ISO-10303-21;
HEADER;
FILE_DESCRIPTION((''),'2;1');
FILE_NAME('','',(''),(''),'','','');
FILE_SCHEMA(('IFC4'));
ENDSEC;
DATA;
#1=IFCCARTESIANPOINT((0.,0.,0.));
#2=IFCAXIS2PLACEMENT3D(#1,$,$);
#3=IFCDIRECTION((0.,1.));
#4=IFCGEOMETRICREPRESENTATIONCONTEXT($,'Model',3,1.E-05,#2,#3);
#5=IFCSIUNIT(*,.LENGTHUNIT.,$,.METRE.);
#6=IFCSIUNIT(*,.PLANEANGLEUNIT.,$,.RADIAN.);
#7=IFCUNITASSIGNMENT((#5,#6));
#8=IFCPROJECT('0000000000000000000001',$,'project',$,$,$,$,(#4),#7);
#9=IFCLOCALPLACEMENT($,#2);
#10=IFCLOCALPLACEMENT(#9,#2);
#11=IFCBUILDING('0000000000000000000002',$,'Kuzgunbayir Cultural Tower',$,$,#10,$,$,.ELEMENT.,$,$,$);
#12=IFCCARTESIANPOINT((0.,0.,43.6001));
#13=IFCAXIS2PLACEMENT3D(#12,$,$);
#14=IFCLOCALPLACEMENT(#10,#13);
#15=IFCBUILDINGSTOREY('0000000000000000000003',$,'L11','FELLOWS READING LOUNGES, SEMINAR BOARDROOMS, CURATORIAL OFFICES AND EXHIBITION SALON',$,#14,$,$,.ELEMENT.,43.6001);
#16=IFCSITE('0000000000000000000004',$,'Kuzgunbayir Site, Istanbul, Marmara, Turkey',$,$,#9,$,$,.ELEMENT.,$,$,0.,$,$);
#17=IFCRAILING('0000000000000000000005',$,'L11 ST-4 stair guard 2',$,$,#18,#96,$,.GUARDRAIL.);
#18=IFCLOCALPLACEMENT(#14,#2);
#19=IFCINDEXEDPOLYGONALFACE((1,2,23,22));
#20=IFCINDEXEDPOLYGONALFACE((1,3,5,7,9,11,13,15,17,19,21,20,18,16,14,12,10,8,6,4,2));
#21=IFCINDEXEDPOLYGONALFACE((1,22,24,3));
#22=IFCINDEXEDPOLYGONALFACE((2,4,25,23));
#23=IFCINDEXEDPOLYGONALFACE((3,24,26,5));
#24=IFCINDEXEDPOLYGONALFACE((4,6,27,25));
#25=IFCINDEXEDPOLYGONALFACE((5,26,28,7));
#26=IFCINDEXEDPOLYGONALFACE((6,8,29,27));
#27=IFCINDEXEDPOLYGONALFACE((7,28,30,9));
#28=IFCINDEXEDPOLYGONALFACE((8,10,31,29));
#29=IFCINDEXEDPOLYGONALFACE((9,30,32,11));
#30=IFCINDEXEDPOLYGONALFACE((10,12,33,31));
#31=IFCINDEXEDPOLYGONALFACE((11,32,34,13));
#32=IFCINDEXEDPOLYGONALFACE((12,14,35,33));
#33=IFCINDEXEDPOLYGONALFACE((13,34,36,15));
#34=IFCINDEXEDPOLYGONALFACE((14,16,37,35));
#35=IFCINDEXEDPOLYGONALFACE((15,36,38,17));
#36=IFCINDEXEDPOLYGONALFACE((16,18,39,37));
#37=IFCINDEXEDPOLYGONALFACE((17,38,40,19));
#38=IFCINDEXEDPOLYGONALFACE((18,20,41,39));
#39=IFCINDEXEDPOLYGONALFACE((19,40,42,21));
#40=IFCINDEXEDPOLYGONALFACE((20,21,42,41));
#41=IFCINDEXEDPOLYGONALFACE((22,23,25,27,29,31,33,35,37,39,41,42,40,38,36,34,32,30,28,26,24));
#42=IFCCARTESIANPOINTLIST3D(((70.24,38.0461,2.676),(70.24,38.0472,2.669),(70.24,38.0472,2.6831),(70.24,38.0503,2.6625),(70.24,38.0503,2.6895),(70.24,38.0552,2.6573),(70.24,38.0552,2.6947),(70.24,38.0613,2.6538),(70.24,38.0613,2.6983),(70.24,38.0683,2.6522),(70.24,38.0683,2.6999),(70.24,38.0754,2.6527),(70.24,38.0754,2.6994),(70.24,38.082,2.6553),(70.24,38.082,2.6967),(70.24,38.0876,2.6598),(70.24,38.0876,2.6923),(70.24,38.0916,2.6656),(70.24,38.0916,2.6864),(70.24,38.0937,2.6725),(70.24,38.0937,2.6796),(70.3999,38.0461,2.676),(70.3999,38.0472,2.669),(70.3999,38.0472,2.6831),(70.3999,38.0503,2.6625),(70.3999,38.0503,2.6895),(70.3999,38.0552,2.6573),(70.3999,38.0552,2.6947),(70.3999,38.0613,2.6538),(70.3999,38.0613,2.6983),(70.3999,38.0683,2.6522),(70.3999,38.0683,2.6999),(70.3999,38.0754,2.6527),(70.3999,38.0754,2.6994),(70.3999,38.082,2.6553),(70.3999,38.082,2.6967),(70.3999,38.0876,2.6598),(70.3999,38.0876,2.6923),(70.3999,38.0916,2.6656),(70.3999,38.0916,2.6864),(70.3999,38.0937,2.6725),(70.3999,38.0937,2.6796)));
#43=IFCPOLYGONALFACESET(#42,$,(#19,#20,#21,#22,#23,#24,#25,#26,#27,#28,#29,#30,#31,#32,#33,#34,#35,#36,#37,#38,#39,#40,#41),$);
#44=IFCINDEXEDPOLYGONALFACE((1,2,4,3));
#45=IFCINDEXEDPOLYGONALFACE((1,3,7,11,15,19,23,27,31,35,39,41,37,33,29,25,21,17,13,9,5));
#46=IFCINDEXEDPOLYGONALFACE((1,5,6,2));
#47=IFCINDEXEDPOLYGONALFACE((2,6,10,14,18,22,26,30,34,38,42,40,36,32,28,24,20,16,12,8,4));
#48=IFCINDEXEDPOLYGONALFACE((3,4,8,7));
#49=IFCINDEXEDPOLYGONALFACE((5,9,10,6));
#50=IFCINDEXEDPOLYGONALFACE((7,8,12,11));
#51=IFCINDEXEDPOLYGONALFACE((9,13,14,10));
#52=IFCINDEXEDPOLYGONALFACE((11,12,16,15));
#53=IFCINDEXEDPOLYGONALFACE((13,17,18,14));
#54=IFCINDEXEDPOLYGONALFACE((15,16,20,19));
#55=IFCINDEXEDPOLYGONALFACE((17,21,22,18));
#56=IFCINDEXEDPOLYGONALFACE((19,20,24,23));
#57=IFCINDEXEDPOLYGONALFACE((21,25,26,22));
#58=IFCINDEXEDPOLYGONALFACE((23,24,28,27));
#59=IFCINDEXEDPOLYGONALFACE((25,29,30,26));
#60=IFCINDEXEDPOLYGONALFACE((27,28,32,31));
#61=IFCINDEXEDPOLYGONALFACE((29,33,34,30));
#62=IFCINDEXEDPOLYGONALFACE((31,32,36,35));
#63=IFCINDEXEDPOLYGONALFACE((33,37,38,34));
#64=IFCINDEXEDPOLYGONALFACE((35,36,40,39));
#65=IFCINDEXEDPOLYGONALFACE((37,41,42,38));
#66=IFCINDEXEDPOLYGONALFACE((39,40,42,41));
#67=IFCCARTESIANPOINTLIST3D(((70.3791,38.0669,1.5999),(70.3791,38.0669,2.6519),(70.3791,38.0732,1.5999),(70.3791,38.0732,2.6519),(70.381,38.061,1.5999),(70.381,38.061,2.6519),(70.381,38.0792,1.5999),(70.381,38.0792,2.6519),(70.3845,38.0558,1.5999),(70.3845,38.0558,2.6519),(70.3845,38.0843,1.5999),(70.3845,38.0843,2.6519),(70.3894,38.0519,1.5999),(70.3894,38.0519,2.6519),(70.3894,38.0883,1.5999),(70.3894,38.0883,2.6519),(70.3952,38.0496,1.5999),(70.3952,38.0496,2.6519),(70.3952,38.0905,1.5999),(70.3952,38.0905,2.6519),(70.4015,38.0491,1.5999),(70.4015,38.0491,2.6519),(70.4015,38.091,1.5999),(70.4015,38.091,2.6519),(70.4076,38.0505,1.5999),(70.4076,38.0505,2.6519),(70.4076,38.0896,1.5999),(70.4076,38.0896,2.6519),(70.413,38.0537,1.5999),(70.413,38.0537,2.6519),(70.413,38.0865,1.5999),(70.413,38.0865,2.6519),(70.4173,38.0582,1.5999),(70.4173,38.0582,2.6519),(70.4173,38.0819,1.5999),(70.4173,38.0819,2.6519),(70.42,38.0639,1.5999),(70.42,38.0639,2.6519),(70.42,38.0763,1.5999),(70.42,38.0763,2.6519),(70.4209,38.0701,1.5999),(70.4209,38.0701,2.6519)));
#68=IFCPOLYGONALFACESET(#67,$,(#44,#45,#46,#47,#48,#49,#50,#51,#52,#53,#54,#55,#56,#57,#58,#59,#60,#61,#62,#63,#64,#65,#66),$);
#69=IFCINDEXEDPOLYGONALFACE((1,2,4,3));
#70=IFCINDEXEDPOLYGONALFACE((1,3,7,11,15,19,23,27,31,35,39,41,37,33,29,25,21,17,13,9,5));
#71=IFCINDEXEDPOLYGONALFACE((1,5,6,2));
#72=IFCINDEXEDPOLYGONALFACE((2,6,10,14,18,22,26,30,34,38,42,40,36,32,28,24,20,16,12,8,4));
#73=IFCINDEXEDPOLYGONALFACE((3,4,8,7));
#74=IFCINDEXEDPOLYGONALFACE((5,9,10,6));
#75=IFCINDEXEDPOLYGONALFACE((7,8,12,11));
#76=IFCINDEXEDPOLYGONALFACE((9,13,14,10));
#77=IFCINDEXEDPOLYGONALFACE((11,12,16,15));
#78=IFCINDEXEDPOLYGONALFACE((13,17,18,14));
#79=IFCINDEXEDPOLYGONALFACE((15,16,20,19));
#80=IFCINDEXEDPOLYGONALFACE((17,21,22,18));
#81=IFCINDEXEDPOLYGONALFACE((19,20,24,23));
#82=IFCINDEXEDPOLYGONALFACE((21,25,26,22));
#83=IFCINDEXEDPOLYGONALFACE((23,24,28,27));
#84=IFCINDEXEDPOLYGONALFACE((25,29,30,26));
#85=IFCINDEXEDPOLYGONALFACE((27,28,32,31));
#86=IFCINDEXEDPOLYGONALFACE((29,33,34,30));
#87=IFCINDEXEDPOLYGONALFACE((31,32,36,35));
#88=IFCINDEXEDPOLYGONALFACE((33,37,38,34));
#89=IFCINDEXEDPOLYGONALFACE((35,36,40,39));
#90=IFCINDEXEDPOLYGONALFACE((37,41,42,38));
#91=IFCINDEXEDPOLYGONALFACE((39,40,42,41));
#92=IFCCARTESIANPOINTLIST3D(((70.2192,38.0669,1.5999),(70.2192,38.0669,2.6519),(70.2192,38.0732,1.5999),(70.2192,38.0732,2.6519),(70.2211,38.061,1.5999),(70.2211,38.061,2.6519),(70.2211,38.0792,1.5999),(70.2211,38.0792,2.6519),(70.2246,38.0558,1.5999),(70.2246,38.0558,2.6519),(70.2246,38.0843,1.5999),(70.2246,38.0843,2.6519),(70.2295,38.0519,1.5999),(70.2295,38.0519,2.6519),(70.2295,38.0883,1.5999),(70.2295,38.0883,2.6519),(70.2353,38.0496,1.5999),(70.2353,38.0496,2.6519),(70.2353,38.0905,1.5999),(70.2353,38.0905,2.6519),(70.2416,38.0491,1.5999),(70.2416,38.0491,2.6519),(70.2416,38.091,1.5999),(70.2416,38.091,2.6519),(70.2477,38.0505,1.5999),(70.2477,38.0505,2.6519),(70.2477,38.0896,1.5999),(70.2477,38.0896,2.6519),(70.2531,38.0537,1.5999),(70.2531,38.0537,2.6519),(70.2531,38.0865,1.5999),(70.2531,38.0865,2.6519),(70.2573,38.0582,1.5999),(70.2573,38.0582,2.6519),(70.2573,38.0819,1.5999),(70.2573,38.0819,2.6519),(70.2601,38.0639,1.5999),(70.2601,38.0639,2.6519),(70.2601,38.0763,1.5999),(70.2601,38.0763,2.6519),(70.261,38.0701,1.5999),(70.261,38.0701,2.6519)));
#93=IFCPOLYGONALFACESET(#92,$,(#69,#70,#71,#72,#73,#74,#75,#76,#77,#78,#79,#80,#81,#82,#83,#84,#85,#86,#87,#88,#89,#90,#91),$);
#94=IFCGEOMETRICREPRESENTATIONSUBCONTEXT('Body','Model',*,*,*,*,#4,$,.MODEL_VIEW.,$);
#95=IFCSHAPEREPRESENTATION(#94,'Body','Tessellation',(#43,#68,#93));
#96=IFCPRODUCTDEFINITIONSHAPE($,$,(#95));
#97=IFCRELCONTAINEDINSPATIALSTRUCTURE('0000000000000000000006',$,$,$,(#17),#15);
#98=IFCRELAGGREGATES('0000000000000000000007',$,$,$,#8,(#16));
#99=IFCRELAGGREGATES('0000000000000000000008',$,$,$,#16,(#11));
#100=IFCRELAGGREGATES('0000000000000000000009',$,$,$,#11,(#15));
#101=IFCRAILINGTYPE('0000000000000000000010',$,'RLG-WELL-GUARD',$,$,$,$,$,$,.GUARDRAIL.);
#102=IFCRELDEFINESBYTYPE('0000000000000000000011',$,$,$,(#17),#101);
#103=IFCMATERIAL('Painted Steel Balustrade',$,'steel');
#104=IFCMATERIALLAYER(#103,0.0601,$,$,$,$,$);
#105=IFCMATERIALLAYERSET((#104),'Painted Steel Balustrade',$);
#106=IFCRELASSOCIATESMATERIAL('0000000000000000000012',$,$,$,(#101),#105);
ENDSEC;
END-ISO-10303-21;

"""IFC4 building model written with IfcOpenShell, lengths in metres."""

from ifc_helpers import new_model, si_unit, direction, frame, origin, origin_2d, place, context, subcontext, project, spatial, circle, extrude, material, layer, layer_set, type_object, element, save


model = new_model("IFC4")

# Units and contexts
model_context = context("Model", 3, precision=1e-05, world=origin(), true_north=direction((0.0, 1.0)))
body_context = subcontext(model_context, "Body", "Model", "MODEL_VIEW")
ifc_project = project(units=[si_unit("LENGTHUNIT", "METRE"), si_unit("PLANEANGLEUNIT", "RADIAN")], contexts=[model_context])

# Site, building, storey
site_placement = place(None, origin())
site = spatial("IfcSite", under=ifc_project, at=site_placement, Name="Kuzgunbayir Site, Istanbul, Marmara, Turkey", CompositionType="ELEMENT", RefElevation=0.0)
building_placement = place(site_placement, origin())
building = spatial("IfcBuilding", under=site, at=building_placement, Name="Kuzgunbayir Cultural Tower", CompositionType="ELEMENT")
storey_placement = place(building_placement, frame((0.0, 0.0, 43.6001)))
storey = spatial("IfcBuildingStorey", under=building, at=storey_placement, Name="L11", Description="FELLOWS READING LOUNGES, SEMINAR BOARDROOMS, CURATORIAL OFFICES AND EXHIBITION SALON", CompositionType="ELEMENT", Elevation=43.6001)

# Railing
ifc_material_1 = material(Name="Painted Steel Balustrade", Category="steel")
ifc_layer_1 = layer(ifc_material_1, 0.0601)
ifc_layer_set_1 = layer_set([ifc_layer_1], Name="Painted Steel Balustrade")
railing_type_1 = type_object("IfcRailingType", Name="RLG-WELL-GUARD", PredefinedType="GUARDRAIL", material=ifc_layer_set_1)
railing_1_placement = place(storey_placement, frame((70.3999, 38.0701, 1.5999)))
element("IfcRailing", 1, at=railing_1_placement, inside=storey, type_object=railing_type_1, Name="L11 ST-4 stair guard 2", PredefinedType="GUARDRAIL", context=body_context, shape_type="SweptSolid", body=[
    extrude(circle(Radius=0.0239, at=origin_2d()), frame((0.0, 0.0, 1.0762), z_axis=(-1.0, 0.0, 0.0), x_axis=(0.0, -1.0, 0.0)), (0.0, 0.0, 1.0), 0.1599),
    extrude(circle(Radius=0.021, at=origin_2d()), origin(), (0.0, 0.0, 1.0), 1.052),
    extrude(circle(Radius=0.021, at=origin_2d()), frame((-0.1599, 0.0, 0.0)), (0.0, 0.0, 1.0), 1.052),
])

save(model, "model.ifc")
